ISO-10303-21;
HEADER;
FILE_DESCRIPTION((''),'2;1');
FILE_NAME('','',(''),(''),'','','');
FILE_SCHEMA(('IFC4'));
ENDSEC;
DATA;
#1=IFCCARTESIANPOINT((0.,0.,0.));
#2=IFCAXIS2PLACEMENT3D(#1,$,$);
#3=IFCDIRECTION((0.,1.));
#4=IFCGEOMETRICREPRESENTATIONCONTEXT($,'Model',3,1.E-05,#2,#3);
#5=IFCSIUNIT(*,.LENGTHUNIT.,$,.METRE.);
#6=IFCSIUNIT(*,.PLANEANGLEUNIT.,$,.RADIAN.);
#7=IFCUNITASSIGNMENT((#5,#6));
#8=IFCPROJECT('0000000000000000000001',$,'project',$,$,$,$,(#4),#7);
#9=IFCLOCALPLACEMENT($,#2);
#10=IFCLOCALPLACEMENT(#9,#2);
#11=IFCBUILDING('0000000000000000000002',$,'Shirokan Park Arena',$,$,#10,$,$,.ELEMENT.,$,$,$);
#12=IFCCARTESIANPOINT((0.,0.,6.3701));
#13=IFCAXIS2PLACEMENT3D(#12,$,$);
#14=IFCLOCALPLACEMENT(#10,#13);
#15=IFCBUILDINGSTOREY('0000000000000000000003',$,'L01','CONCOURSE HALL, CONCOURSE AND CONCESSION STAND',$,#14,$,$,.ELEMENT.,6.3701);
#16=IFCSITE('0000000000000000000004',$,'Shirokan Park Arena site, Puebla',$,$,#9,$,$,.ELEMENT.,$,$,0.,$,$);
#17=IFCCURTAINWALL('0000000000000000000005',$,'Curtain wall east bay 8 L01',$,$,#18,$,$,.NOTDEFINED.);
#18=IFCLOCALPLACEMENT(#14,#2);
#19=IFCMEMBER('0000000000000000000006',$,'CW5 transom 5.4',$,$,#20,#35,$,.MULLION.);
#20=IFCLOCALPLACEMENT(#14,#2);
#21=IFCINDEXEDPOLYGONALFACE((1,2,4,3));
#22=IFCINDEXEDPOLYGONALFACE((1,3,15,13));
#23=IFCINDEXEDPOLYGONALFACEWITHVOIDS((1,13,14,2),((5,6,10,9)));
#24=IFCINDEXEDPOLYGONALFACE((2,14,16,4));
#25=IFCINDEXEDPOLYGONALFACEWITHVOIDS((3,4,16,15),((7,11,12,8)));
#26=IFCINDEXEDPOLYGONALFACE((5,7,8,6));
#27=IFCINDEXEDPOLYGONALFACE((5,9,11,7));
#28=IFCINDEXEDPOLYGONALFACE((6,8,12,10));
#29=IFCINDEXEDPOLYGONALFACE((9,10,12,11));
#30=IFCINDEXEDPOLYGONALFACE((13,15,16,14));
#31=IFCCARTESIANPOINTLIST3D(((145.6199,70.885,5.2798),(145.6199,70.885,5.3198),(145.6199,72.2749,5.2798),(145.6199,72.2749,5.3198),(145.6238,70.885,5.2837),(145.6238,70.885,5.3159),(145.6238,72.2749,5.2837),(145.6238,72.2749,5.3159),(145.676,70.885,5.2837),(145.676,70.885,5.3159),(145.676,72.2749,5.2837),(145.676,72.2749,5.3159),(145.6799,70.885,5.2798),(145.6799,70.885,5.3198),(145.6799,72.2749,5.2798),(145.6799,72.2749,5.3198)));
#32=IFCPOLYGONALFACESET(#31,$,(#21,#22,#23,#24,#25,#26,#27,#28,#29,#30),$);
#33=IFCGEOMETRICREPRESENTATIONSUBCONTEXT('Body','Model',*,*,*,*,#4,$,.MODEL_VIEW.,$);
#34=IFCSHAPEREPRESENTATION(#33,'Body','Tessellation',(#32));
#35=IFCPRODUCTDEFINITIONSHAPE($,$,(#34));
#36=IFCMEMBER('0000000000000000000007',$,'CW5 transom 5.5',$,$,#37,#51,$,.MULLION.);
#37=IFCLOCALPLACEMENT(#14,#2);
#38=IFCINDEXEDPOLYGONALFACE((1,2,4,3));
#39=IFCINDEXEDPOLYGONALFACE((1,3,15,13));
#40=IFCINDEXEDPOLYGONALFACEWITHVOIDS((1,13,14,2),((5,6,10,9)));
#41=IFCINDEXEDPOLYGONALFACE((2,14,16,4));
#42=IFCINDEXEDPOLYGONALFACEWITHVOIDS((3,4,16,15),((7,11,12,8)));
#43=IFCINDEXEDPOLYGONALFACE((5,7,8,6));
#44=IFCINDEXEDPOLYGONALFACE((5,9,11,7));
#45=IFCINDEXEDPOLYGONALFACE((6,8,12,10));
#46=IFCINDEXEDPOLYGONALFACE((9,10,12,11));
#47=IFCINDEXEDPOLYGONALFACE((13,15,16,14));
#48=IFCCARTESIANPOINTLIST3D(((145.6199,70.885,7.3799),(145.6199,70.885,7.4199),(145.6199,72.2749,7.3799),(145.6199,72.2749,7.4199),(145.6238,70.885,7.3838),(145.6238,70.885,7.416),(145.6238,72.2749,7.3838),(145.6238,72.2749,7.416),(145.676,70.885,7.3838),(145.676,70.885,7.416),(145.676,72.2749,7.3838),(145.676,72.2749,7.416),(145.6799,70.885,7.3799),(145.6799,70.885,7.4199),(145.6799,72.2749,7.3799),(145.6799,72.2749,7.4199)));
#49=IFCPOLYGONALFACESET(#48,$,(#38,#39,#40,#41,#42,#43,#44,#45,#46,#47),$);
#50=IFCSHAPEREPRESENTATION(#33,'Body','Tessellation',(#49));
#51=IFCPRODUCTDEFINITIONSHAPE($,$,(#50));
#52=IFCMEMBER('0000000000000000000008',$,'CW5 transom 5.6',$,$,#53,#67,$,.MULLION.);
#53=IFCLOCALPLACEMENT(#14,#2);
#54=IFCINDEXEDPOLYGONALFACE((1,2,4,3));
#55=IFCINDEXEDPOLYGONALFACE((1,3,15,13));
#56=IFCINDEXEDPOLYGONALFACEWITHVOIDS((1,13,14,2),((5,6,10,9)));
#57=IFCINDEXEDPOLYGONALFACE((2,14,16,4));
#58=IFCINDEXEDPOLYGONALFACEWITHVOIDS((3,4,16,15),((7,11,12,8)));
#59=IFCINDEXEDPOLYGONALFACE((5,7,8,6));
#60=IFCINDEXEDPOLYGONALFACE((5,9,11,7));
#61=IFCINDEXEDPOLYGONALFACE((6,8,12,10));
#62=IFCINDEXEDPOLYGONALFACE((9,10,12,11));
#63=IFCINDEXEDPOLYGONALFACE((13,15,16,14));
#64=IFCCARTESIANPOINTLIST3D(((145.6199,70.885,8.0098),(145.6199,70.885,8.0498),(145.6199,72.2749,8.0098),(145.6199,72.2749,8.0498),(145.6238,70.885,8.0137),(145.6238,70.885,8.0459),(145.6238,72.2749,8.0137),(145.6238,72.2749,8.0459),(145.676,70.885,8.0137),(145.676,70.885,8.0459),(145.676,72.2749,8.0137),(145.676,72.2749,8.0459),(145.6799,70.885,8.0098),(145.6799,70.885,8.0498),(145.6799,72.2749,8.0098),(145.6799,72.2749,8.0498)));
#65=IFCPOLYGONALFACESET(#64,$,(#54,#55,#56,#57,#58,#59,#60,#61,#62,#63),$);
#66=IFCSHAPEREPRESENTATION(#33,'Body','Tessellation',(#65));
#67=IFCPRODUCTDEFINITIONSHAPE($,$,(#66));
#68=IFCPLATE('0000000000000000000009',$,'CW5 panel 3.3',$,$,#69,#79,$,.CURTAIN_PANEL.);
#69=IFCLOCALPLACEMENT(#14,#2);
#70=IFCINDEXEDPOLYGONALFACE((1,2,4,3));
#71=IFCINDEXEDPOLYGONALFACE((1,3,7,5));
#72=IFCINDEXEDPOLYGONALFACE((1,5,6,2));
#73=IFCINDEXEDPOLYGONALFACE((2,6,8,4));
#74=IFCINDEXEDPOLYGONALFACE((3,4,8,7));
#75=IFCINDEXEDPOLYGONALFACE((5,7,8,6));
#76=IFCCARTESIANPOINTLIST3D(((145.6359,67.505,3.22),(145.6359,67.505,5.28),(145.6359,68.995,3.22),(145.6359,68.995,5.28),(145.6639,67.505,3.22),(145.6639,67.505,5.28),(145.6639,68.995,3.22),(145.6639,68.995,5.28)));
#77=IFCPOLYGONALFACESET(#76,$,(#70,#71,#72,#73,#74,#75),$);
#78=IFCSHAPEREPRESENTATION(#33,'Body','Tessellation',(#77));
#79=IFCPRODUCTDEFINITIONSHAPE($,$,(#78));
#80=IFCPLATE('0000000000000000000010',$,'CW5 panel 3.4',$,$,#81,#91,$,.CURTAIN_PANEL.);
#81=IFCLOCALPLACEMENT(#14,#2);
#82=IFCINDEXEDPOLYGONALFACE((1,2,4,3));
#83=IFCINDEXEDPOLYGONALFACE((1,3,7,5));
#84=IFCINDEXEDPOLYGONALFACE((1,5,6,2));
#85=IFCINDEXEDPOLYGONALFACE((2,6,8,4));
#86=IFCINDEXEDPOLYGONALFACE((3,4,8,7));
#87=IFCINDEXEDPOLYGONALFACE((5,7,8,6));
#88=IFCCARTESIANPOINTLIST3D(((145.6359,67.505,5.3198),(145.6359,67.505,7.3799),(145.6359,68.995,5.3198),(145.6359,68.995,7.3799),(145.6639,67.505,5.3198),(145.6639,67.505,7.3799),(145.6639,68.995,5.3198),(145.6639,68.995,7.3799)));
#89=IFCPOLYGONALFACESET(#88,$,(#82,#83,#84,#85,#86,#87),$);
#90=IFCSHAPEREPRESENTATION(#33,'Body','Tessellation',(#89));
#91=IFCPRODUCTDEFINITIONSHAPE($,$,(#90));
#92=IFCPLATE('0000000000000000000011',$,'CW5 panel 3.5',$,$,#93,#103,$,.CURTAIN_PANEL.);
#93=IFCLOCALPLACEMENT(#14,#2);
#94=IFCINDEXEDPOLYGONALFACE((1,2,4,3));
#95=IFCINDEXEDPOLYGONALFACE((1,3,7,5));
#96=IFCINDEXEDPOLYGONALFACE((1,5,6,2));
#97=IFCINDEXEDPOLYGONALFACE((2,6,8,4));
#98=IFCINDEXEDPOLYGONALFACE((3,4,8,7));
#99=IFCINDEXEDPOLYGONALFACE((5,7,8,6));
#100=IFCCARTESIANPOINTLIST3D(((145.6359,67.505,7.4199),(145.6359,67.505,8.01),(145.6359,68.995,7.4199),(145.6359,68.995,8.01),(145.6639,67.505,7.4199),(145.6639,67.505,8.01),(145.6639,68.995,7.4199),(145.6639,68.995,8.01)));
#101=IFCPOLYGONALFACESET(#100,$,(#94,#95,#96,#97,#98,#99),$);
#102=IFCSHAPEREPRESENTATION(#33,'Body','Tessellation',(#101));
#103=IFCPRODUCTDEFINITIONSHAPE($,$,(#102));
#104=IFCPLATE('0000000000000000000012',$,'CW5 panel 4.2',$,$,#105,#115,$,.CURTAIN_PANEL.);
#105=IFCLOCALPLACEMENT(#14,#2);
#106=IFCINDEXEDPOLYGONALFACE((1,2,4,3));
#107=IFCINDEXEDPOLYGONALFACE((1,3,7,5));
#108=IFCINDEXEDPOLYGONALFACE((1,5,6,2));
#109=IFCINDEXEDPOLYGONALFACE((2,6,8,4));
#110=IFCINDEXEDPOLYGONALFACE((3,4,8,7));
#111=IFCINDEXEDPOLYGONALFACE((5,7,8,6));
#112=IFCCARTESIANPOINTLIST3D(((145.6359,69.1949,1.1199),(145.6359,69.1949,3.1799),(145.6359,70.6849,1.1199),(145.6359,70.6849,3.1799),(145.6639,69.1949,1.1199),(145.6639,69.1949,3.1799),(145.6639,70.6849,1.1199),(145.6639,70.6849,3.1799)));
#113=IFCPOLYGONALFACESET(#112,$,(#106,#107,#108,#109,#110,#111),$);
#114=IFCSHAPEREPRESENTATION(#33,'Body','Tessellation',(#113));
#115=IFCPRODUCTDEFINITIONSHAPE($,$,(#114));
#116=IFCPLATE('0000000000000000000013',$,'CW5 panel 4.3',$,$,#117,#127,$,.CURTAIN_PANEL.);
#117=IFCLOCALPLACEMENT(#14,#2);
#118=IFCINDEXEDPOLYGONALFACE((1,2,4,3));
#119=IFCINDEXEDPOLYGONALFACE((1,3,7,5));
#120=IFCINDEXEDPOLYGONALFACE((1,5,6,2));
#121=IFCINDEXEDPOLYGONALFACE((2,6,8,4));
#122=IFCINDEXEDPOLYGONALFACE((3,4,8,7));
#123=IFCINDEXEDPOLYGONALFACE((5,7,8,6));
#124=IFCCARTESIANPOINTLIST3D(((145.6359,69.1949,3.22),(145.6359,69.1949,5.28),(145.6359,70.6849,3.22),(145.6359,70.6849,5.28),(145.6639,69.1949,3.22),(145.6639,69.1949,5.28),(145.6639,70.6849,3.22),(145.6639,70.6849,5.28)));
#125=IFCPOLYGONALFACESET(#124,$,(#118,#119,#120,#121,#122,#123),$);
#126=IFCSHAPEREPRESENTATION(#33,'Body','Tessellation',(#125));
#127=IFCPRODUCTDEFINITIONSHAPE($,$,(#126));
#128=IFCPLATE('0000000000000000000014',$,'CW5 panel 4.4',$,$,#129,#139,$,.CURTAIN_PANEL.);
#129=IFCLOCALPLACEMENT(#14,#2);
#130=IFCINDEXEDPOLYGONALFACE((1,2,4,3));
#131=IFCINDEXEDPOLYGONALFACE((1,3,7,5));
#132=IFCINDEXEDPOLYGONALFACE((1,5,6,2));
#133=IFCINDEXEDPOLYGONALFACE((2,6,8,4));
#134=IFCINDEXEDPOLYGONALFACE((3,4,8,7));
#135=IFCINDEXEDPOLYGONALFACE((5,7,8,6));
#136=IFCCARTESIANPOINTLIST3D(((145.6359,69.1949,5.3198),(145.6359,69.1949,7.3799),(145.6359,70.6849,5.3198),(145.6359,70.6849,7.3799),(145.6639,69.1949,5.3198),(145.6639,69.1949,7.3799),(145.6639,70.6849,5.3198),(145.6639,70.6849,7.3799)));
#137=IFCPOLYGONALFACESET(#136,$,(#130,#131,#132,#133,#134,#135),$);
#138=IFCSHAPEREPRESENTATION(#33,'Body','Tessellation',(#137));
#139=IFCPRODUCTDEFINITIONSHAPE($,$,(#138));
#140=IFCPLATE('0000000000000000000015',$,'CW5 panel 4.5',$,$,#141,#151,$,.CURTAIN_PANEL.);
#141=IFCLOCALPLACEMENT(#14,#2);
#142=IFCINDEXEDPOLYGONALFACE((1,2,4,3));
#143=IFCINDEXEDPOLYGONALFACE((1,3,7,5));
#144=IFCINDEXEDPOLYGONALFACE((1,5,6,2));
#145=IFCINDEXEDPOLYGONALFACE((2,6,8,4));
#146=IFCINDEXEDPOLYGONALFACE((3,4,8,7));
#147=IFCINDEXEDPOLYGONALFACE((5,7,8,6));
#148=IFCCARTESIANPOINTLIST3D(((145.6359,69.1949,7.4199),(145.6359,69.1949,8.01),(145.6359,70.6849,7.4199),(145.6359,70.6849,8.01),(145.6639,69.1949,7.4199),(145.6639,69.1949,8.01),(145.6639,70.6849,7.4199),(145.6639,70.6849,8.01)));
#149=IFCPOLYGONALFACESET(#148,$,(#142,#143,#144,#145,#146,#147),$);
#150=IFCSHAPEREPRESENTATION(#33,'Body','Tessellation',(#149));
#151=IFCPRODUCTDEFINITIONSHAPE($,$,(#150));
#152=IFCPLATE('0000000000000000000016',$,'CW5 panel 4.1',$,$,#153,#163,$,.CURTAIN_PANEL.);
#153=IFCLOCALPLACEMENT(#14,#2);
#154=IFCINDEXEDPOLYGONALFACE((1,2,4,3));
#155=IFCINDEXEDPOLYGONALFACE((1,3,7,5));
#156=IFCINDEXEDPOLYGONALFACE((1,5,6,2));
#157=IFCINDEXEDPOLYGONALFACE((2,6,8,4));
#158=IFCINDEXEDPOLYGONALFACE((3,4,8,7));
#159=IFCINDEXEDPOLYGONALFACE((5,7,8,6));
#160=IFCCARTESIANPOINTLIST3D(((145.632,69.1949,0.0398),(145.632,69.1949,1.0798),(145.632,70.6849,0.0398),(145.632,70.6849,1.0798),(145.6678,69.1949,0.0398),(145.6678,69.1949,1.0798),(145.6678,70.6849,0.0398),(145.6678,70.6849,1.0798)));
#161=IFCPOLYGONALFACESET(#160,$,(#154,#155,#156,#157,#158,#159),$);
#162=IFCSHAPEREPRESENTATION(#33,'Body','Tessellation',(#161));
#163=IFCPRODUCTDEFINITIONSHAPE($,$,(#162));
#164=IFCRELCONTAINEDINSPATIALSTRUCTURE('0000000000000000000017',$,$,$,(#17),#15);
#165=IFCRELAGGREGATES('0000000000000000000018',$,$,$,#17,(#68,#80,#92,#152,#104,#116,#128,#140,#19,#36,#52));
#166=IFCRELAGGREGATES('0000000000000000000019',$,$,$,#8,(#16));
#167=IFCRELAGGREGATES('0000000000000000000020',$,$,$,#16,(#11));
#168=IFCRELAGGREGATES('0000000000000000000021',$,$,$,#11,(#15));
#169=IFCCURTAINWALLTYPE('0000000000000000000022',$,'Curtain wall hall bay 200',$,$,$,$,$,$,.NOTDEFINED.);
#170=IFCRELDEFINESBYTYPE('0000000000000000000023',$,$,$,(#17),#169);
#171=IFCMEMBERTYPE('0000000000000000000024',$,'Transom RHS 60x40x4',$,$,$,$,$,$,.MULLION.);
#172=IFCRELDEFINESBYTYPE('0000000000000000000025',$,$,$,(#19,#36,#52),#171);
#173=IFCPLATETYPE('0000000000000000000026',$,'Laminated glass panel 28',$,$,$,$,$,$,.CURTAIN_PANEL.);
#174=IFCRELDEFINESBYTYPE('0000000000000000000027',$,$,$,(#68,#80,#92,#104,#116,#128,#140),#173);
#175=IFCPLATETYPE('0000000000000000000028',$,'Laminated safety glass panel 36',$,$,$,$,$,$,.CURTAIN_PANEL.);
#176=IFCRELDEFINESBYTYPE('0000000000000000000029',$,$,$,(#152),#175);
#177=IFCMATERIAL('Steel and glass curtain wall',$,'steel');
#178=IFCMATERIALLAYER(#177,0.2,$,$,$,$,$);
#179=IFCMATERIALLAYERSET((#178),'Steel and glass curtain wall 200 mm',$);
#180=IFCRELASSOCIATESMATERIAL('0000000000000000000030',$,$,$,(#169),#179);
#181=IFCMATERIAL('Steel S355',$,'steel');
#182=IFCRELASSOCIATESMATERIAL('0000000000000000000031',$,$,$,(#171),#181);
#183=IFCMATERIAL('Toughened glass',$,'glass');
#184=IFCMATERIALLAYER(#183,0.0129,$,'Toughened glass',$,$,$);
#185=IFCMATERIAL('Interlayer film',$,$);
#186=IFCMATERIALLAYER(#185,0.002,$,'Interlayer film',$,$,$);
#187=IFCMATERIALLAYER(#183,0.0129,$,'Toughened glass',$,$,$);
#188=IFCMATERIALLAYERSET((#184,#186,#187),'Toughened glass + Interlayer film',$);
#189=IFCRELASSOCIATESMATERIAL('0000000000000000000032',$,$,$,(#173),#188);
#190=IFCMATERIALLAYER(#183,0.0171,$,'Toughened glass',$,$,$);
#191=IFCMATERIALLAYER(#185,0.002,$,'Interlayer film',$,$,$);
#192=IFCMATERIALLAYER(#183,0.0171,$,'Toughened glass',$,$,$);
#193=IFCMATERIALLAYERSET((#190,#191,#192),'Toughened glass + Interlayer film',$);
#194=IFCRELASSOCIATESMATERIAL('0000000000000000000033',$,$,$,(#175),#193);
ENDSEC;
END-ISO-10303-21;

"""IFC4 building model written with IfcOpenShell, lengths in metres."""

from ifc_helpers import new_model, si_unit, direction, frame, origin, origin_2d, place, context, subcontext, project, spatial, rectangle, hollow_rectangle, extrude, material, layer, layer_set, material_profile, profile_set, type_object, element, aggregate, save


model = new_model("IFC4")

# Units and contexts
model_context = context("Model", 3, precision=1e-05, world=origin(), true_north=direction((0.0, 1.0)))
body_context = subcontext(model_context, "Body", "Model", "MODEL_VIEW")
ifc_project = project(units=[si_unit("LENGTHUNIT", "METRE"), si_unit("PLANEANGLEUNIT", "RADIAN")], contexts=[model_context])

# Site, building, storey
site_placement = place(None, origin())
site = spatial("IfcSite", under=ifc_project, at=site_placement, Name="Shirokan Park Arena site, Puebla", CompositionType="ELEMENT", RefElevation=0.0)
building_placement = place(site_placement, origin())
building = spatial("IfcBuilding", under=site, at=building_placement, Name="Shirokan Park Arena", CompositionType="ELEMENT")
storey_placement = place(building_placement, frame((0.0, 0.0, 6.3701)))
storey = spatial("IfcBuildingStorey", under=building, at=storey_placement, Name="L01", Description="CONCOURSE HALL, CONCOURSE AND CONCESSION STAND", CompositionType="ELEMENT", Elevation=6.3701)

# Curtain wall, members, plates
ifc_material_1 = material(Name="Steel and glass curtain wall", Category="steel")
ifc_layer_1 = layer(ifc_material_1, 0.2)
ifc_layer_set_1 = layer_set([ifc_layer_1], Name="Steel and glass curtain wall 200 mm")
curtain_wall_type = type_object("IfcCurtainWallType", Name="Curtain wall hall bay 200", PredefinedType="NOTDEFINED", material=ifc_layer_set_1)
curtain_wall_placement = place(storey_placement, origin())
curtain_wall = element("IfcCurtainWall", 1, at=curtain_wall_placement, inside=storey, type_object=curtain_wall_type, Name="Curtain wall east bay 8 L01", PredefinedType="NOTDEFINED")
ifc_material_2 = material(Name="Steel S355", Category="steel")
ifc_material_profile_1 = material_profile(ifc_material_2, hollow_rectangle(XDim=0.0601, YDim=0.04, WallThickness=0.0039, at=origin_2d()), Name="RHS 60x40x4")
ifc_profile_set_1 = profile_set([ifc_material_profile_1], Name="Steel S355")
member_type_1 = type_object("IfcMemberType", Name="Transom RHS 60x40x4", PredefinedType="MULLION", material=ifc_profile_set_1)
member_1_placement = place(storey_placement, frame((145.6499, 70.885, 5.2998), z_axis=(0.0, 1.0, 0.0), x_axis=(-1.0, 0.0, 0.0)))
member_1 = element("IfcMember", 2, at=member_1_placement, type_object=member_type_1, Name="CW5 transom 5.4", PredefinedType="MULLION", context=body_context, shape_type="SweptSolid", body=[
    extrude(hollow_rectangle(XDim=0.0601, YDim=0.04, WallThickness=0.0039, at=origin_2d()), origin(), (0.0, 0.0, 1.0), 1.3899),
])
member_2_placement = place(storey_placement, frame((145.6499, 70.885, 7.3999), z_axis=(0.0, 1.0, 0.0), x_axis=(-1.0, 0.0, 0.0)))
member_2 = element("IfcMember", 3, at=member_2_placement, type_object=member_type_1, Name="CW5 transom 5.5", PredefinedType="MULLION", context=body_context, shape_type="SweptSolid", body=[
    extrude(hollow_rectangle(XDim=0.0601, YDim=0.04, WallThickness=0.0039, at=origin_2d()), origin(), (0.0, 0.0, 1.0), 1.3899),
])
member_3_placement = place(storey_placement, frame((145.6499, 70.885, 8.0298), z_axis=(0.0, 1.0, 0.0), x_axis=(-1.0, 0.0, 0.0)))
member_3 = element("IfcMember", 4, at=member_3_placement, type_object=member_type_1, Name="CW5 transom 5.6", PredefinedType="MULLION", context=body_context, shape_type="SweptSolid", body=[
    extrude(hollow_rectangle(XDim=0.0601, YDim=0.04, WallThickness=0.0039, at=origin_2d()), origin(), (0.0, 0.0, 1.0), 1.3899),
])
ifc_material_3 = material(Name="Toughened glass", Category="glass")
ifc_layer_2 = layer(ifc_material_3, 0.0129, Name="Toughened glass")
ifc_material_4 = material(Name="Interlayer film")
ifc_layer_3 = layer(ifc_material_4, 0.002, Name="Interlayer film")
ifc_layer_4 = layer(ifc_material_3, 0.0129, Name="Toughened glass")
ifc_layer_set_2 = layer_set([ifc_layer_2, ifc_layer_3, ifc_layer_4], Name="Toughened glass + Interlayer film")
plate_type_1 = type_object("IfcPlateType", Name="Laminated glass panel 28", PredefinedType="CURTAIN_PANEL", material=ifc_layer_set_2)
plate_1_placement = place(storey_placement, frame((145.6499, 68.25, 3.22), z_axis=(0.0, 0.0, 1.0), x_axis=(0.0, 1.0, 0.0)))
plate_1 = element("IfcPlate", 5, at=plate_1_placement, type_object=plate_type_1, Name="CW5 panel 3.3", PredefinedType="CURTAIN_PANEL", context=body_context, shape_type="SweptSolid", body=[
    extrude(rectangle(XDim=1.49, YDim=0.0281, at=origin_2d()), origin(), (0.0, 0.0, 1.0), 2.0601),
])
plate_2_placement = place(storey_placement, frame((145.6499, 68.25, 5.3198), z_axis=(0.0, 0.0, 1.0), x_axis=(0.0, 1.0, 0.0)))
plate_2 = element("IfcPlate", 6, at=plate_2_placement, type_object=plate_type_1, Name="CW5 panel 3.4", PredefinedType="CURTAIN_PANEL", context=body_context, shape_type="SweptSolid", body=[
    extrude(rectangle(XDim=1.49, YDim=0.0281, at=origin_2d()), origin(), (0.0, 0.0, 1.0), 2.0601),
])
plate_3_placement = place(storey_placement, frame((145.6499, 68.25, 7.4199), z_axis=(0.0, 0.0, 1.0), x_axis=(0.0, 1.0, 0.0)))
plate_3 = element("IfcPlate", 7, at=plate_3_placement, type_object=plate_type_1, Name="CW5 panel 3.5", PredefinedType="CURTAIN_PANEL", context=body_context, shape_type="SweptSolid", body=[
    extrude(rectangle(XDim=1.49, YDim=0.0281, at=origin_2d()), origin(), (0.0, 0.0, 1.0), 0.5901),
])
plate_4_placement = place(storey_placement, frame((145.6499, 69.9399, 1.1199), z_axis=(0.0, 0.0, 1.0), x_axis=(0.0, 1.0, 0.0)))
plate_4 = element("IfcPlate", 8, at=plate_4_placement, type_object=plate_type_1, Name="CW5 panel 4.2", PredefinedType="CURTAIN_PANEL", context=body_context, shape_type="SweptSolid", body=[
    extrude(rectangle(XDim=1.49, YDim=0.0281, at=origin_2d()), origin(), (0.0, 0.0, 1.0), 2.0601),
])
plate_5_placement = place(storey_placement, frame((145.6499, 69.9399, 3.22), z_axis=(0.0, 0.0, 1.0), x_axis=(0.0, 1.0, 0.0)))
plate_5 = element("IfcPlate", 9, at=plate_5_placement, type_object=plate_type_1, Name="CW5 panel 4.3", PredefinedType="CURTAIN_PANEL", context=body_context, shape_type="SweptSolid", body=[
    extrude(rectangle(XDim=1.49, YDim=0.0281, at=origin_2d()), origin(), (0.0, 0.0, 1.0), 2.0601),
])
plate_6_placement = place(storey_placement, frame((145.6499, 69.9399, 5.3198), z_axis=(0.0, 0.0, 1.0), x_axis=(0.0, 1.0, 0.0)))
plate_6 = element("IfcPlate", 10, at=plate_6_placement, type_object=plate_type_1, Name="CW5 panel 4.4", PredefinedType="CURTAIN_PANEL", context=body_context, shape_type="SweptSolid", body=[
    extrude(rectangle(XDim=1.49, YDim=0.0281, at=origin_2d()), origin(), (0.0, 0.0, 1.0), 2.0601),
])
plate_7_placement = place(storey_placement, frame((145.6499, 69.9399, 7.4199), z_axis=(0.0, 0.0, 1.0), x_axis=(0.0, 1.0, 0.0)))
plate_7 = element("IfcPlate", 11, at=plate_7_placement, type_object=plate_type_1, Name="CW5 panel 4.5", PredefinedType="CURTAIN_PANEL", context=body_context, shape_type="SweptSolid", body=[
    extrude(rectangle(XDim=1.49, YDim=0.0281, at=origin_2d()), origin(), (0.0, 0.0, 1.0), 0.5901),
])
ifc_layer_5 = layer(ifc_material_3, 0.0171, Name="Toughened glass")
ifc_layer_6 = layer(ifc_material_4, 0.002, Name="Interlayer film")
ifc_layer_7 = layer(ifc_material_3, 0.0171, Name="Toughened glass")
ifc_layer_set_3 = layer_set([ifc_layer_5, ifc_layer_6, ifc_layer_7], Name="Toughened glass + Interlayer film")
plate_type_2 = type_object("IfcPlateType", Name="Laminated safety glass panel 36", PredefinedType="CURTAIN_PANEL", material=ifc_layer_set_3)
plate_8_placement = place(storey_placement, frame((145.6499, 69.9399, 0.0398), z_axis=(0.0, 0.0, 1.0), x_axis=(0.0, 1.0, 0.0)))
plate_8 = element("IfcPlate", 12, at=plate_8_placement, type_object=plate_type_2, Name="CW5 panel 4.1", PredefinedType="CURTAIN_PANEL", context=body_context, shape_type="SweptSolid", body=[
    extrude(rectangle(XDim=1.49, YDim=0.0359, at=origin_2d()), origin(), (0.0, 0.0, 1.0), 1.04),
])
aggregate(curtain_wall, [plate_1, plate_2, plate_3, plate_8, plate_4, plate_5, plate_6, plate_7, member_1, member_2, member_3])

save(model, "model.ifc")
